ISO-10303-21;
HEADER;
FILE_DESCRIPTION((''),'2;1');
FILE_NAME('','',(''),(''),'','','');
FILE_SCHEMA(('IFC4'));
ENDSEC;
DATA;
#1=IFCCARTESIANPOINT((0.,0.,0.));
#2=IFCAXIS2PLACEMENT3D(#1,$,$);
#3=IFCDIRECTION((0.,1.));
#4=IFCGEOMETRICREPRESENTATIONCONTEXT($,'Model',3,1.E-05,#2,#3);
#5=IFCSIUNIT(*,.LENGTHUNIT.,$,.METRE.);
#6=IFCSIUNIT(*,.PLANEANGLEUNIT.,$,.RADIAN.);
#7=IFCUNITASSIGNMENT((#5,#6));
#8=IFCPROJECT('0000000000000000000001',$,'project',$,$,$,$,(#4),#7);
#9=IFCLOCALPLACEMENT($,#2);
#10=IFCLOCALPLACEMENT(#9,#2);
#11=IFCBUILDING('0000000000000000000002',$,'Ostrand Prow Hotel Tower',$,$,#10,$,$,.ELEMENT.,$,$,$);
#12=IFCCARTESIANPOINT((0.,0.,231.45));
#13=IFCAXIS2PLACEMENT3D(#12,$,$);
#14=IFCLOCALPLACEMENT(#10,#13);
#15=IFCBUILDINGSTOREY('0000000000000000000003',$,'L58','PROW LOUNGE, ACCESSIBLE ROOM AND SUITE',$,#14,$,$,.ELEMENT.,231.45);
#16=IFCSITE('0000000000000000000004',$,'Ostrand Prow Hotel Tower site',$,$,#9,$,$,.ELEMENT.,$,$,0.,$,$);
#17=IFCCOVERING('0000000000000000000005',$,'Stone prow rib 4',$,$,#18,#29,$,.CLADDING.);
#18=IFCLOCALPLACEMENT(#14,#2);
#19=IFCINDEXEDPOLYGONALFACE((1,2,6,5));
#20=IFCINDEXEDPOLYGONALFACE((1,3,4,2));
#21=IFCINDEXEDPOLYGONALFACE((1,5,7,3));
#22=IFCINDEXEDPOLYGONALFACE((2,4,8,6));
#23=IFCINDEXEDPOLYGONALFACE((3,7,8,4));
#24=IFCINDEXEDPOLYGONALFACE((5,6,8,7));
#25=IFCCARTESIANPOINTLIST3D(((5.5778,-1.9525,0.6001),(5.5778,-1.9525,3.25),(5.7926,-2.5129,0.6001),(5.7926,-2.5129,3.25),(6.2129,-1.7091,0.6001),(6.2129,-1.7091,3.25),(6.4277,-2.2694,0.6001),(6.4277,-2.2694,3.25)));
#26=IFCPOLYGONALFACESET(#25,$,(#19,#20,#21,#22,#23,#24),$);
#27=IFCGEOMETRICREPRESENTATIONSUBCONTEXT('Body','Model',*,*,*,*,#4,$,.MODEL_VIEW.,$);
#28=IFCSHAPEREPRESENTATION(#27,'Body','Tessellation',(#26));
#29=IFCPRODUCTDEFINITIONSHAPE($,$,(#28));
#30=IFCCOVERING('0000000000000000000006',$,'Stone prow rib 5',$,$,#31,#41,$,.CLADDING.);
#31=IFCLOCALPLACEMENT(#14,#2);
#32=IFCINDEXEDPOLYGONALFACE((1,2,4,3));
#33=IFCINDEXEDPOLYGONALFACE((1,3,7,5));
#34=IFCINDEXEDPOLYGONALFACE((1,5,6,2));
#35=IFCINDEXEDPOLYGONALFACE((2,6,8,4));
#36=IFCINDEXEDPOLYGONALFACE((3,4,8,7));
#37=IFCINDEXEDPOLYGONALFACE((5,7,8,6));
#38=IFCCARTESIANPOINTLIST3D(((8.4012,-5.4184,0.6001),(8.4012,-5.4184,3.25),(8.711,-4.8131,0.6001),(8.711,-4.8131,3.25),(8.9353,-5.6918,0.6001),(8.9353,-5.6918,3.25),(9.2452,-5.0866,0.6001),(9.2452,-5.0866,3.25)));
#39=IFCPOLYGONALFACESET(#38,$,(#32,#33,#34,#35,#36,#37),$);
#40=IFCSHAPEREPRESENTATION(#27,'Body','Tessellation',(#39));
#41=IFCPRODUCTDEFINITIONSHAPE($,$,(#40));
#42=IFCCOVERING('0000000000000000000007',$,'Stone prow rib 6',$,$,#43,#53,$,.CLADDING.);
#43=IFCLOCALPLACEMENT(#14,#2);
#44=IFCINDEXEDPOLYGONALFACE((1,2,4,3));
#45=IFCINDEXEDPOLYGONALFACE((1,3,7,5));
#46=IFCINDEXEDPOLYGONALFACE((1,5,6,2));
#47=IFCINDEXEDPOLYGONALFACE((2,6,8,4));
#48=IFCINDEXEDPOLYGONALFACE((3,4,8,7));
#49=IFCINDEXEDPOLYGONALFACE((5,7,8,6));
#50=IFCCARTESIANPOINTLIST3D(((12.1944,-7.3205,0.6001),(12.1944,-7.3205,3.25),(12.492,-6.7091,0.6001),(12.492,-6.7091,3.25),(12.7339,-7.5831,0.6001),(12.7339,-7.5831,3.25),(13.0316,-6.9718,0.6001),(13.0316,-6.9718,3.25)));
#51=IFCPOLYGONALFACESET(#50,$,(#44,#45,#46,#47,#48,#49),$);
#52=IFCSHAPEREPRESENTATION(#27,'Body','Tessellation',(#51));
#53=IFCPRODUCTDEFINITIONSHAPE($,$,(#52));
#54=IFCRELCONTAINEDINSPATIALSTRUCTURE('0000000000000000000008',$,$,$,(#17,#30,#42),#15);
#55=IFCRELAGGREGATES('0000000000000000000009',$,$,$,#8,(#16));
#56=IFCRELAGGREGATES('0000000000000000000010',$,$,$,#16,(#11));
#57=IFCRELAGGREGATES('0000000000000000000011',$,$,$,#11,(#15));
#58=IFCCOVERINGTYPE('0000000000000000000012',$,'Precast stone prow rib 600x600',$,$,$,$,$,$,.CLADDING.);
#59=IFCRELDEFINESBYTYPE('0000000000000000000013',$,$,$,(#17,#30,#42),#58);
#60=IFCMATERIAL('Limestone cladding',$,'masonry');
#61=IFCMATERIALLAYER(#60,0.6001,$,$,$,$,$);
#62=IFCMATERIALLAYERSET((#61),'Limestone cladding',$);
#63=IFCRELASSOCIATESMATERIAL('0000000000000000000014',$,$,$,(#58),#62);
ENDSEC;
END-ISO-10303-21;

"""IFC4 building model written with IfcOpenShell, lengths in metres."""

from ifc_helpers import new_model, si_unit, direction, frame, frame_2d, origin, place, context, subcontext, project, spatial, rectangle, extrude, material, layer, layer_set, type_object, element, save


model = new_model("IFC4")

# Units and contexts
model_context = context("Model", 3, precision=1e-05, world=origin(), true_north=direction((0.0, 1.0)))
body_context = subcontext(model_context, "Body", "Model", "MODEL_VIEW")
ifc_project = project(units=[si_unit("LENGTHUNIT", "METRE"), si_unit("PLANEANGLEUNIT", "RADIAN")], contexts=[model_context])

# Site, building, storey
site_placement = place(None, origin())
site = spatial("IfcSite", under=ifc_project, at=site_placement, Name="Ostrand Prow Hotel Tower site", CompositionType="ELEMENT", RefElevation=0.0)
building_placement = place(site_placement, origin())
building = spatial("IfcBuilding", under=site, at=building_placement, Name="Ostrand Prow Hotel Tower", CompositionType="ELEMENT")
storey_placement = place(building_placement, frame((0.0, 0.0, 231.45)))
storey = spatial("IfcBuildingStorey", under=building, at=storey_placement, Name="L58", Description="PROW LOUNGE, ACCESSIBLE ROOM AND SUITE", CompositionType="ELEMENT", Elevation=231.45)

# Coverings
ifc_material_1 = material(Name="Limestone cladding", Category="masonry")
ifc_layer_1 = layer(ifc_material_1, 0.6001)
ifc_layer_set_1 = layer_set([ifc_layer_1], Name="Limestone cladding")
covering_type_1 = type_object("IfcCoveringType", Name="Precast stone prow rib 600x600", PredefinedType="CLADDING", material=ifc_layer_set_1)
covering_1_placement = place(storey_placement, frame((6.3203, -1.9893, 0.6001), z_axis=(0.0, 0.0, 1.0), x_axis=(-0.933752, -0.35792, 0.0)))
element("IfcCovering", 1, at=covering_1_placement, inside=storey, type_object=covering_type_1, Name="Stone prow rib 4", PredefinedType="CLADDING", context=body_context, shape_type="SweptSolid", body=[
    extrude(rectangle(XDim=0.6802, YDim=0.6001, at=frame_2d((0.3401, 0.0))), origin(), (0.0, 0.0, 1.0), 2.6499),
])
for number, where, z_axis, x_axis, name in (
    (2, (8.978, -4.95, 0.6001), (0.0, 0.0, 1.0), (-0.455668, -0.89015, 0.0), "Stone prow rib 5"),
    (3, (12.7617, -6.8406, 0.6001), (0.0, 0.0, 1.0), (-0.437709, -0.899117, 0.0), "Stone prow rib 6"),
):
    element("IfcCovering", number, at=place(storey_placement, frame(where, z_axis=z_axis, x_axis=x_axis)), inside=storey, type_object=covering_type_1, Name=name, PredefinedType="CLADDING", context=body_context, shape_type="SweptSolid", body=[
        extrude(rectangle(XDim=0.6799, YDim=0.6001, at=frame_2d((0.3398, 0.0))), origin(), (0.0, 0.0, 1.0), 2.6499),
    ])

save(model, "model.ifc")
